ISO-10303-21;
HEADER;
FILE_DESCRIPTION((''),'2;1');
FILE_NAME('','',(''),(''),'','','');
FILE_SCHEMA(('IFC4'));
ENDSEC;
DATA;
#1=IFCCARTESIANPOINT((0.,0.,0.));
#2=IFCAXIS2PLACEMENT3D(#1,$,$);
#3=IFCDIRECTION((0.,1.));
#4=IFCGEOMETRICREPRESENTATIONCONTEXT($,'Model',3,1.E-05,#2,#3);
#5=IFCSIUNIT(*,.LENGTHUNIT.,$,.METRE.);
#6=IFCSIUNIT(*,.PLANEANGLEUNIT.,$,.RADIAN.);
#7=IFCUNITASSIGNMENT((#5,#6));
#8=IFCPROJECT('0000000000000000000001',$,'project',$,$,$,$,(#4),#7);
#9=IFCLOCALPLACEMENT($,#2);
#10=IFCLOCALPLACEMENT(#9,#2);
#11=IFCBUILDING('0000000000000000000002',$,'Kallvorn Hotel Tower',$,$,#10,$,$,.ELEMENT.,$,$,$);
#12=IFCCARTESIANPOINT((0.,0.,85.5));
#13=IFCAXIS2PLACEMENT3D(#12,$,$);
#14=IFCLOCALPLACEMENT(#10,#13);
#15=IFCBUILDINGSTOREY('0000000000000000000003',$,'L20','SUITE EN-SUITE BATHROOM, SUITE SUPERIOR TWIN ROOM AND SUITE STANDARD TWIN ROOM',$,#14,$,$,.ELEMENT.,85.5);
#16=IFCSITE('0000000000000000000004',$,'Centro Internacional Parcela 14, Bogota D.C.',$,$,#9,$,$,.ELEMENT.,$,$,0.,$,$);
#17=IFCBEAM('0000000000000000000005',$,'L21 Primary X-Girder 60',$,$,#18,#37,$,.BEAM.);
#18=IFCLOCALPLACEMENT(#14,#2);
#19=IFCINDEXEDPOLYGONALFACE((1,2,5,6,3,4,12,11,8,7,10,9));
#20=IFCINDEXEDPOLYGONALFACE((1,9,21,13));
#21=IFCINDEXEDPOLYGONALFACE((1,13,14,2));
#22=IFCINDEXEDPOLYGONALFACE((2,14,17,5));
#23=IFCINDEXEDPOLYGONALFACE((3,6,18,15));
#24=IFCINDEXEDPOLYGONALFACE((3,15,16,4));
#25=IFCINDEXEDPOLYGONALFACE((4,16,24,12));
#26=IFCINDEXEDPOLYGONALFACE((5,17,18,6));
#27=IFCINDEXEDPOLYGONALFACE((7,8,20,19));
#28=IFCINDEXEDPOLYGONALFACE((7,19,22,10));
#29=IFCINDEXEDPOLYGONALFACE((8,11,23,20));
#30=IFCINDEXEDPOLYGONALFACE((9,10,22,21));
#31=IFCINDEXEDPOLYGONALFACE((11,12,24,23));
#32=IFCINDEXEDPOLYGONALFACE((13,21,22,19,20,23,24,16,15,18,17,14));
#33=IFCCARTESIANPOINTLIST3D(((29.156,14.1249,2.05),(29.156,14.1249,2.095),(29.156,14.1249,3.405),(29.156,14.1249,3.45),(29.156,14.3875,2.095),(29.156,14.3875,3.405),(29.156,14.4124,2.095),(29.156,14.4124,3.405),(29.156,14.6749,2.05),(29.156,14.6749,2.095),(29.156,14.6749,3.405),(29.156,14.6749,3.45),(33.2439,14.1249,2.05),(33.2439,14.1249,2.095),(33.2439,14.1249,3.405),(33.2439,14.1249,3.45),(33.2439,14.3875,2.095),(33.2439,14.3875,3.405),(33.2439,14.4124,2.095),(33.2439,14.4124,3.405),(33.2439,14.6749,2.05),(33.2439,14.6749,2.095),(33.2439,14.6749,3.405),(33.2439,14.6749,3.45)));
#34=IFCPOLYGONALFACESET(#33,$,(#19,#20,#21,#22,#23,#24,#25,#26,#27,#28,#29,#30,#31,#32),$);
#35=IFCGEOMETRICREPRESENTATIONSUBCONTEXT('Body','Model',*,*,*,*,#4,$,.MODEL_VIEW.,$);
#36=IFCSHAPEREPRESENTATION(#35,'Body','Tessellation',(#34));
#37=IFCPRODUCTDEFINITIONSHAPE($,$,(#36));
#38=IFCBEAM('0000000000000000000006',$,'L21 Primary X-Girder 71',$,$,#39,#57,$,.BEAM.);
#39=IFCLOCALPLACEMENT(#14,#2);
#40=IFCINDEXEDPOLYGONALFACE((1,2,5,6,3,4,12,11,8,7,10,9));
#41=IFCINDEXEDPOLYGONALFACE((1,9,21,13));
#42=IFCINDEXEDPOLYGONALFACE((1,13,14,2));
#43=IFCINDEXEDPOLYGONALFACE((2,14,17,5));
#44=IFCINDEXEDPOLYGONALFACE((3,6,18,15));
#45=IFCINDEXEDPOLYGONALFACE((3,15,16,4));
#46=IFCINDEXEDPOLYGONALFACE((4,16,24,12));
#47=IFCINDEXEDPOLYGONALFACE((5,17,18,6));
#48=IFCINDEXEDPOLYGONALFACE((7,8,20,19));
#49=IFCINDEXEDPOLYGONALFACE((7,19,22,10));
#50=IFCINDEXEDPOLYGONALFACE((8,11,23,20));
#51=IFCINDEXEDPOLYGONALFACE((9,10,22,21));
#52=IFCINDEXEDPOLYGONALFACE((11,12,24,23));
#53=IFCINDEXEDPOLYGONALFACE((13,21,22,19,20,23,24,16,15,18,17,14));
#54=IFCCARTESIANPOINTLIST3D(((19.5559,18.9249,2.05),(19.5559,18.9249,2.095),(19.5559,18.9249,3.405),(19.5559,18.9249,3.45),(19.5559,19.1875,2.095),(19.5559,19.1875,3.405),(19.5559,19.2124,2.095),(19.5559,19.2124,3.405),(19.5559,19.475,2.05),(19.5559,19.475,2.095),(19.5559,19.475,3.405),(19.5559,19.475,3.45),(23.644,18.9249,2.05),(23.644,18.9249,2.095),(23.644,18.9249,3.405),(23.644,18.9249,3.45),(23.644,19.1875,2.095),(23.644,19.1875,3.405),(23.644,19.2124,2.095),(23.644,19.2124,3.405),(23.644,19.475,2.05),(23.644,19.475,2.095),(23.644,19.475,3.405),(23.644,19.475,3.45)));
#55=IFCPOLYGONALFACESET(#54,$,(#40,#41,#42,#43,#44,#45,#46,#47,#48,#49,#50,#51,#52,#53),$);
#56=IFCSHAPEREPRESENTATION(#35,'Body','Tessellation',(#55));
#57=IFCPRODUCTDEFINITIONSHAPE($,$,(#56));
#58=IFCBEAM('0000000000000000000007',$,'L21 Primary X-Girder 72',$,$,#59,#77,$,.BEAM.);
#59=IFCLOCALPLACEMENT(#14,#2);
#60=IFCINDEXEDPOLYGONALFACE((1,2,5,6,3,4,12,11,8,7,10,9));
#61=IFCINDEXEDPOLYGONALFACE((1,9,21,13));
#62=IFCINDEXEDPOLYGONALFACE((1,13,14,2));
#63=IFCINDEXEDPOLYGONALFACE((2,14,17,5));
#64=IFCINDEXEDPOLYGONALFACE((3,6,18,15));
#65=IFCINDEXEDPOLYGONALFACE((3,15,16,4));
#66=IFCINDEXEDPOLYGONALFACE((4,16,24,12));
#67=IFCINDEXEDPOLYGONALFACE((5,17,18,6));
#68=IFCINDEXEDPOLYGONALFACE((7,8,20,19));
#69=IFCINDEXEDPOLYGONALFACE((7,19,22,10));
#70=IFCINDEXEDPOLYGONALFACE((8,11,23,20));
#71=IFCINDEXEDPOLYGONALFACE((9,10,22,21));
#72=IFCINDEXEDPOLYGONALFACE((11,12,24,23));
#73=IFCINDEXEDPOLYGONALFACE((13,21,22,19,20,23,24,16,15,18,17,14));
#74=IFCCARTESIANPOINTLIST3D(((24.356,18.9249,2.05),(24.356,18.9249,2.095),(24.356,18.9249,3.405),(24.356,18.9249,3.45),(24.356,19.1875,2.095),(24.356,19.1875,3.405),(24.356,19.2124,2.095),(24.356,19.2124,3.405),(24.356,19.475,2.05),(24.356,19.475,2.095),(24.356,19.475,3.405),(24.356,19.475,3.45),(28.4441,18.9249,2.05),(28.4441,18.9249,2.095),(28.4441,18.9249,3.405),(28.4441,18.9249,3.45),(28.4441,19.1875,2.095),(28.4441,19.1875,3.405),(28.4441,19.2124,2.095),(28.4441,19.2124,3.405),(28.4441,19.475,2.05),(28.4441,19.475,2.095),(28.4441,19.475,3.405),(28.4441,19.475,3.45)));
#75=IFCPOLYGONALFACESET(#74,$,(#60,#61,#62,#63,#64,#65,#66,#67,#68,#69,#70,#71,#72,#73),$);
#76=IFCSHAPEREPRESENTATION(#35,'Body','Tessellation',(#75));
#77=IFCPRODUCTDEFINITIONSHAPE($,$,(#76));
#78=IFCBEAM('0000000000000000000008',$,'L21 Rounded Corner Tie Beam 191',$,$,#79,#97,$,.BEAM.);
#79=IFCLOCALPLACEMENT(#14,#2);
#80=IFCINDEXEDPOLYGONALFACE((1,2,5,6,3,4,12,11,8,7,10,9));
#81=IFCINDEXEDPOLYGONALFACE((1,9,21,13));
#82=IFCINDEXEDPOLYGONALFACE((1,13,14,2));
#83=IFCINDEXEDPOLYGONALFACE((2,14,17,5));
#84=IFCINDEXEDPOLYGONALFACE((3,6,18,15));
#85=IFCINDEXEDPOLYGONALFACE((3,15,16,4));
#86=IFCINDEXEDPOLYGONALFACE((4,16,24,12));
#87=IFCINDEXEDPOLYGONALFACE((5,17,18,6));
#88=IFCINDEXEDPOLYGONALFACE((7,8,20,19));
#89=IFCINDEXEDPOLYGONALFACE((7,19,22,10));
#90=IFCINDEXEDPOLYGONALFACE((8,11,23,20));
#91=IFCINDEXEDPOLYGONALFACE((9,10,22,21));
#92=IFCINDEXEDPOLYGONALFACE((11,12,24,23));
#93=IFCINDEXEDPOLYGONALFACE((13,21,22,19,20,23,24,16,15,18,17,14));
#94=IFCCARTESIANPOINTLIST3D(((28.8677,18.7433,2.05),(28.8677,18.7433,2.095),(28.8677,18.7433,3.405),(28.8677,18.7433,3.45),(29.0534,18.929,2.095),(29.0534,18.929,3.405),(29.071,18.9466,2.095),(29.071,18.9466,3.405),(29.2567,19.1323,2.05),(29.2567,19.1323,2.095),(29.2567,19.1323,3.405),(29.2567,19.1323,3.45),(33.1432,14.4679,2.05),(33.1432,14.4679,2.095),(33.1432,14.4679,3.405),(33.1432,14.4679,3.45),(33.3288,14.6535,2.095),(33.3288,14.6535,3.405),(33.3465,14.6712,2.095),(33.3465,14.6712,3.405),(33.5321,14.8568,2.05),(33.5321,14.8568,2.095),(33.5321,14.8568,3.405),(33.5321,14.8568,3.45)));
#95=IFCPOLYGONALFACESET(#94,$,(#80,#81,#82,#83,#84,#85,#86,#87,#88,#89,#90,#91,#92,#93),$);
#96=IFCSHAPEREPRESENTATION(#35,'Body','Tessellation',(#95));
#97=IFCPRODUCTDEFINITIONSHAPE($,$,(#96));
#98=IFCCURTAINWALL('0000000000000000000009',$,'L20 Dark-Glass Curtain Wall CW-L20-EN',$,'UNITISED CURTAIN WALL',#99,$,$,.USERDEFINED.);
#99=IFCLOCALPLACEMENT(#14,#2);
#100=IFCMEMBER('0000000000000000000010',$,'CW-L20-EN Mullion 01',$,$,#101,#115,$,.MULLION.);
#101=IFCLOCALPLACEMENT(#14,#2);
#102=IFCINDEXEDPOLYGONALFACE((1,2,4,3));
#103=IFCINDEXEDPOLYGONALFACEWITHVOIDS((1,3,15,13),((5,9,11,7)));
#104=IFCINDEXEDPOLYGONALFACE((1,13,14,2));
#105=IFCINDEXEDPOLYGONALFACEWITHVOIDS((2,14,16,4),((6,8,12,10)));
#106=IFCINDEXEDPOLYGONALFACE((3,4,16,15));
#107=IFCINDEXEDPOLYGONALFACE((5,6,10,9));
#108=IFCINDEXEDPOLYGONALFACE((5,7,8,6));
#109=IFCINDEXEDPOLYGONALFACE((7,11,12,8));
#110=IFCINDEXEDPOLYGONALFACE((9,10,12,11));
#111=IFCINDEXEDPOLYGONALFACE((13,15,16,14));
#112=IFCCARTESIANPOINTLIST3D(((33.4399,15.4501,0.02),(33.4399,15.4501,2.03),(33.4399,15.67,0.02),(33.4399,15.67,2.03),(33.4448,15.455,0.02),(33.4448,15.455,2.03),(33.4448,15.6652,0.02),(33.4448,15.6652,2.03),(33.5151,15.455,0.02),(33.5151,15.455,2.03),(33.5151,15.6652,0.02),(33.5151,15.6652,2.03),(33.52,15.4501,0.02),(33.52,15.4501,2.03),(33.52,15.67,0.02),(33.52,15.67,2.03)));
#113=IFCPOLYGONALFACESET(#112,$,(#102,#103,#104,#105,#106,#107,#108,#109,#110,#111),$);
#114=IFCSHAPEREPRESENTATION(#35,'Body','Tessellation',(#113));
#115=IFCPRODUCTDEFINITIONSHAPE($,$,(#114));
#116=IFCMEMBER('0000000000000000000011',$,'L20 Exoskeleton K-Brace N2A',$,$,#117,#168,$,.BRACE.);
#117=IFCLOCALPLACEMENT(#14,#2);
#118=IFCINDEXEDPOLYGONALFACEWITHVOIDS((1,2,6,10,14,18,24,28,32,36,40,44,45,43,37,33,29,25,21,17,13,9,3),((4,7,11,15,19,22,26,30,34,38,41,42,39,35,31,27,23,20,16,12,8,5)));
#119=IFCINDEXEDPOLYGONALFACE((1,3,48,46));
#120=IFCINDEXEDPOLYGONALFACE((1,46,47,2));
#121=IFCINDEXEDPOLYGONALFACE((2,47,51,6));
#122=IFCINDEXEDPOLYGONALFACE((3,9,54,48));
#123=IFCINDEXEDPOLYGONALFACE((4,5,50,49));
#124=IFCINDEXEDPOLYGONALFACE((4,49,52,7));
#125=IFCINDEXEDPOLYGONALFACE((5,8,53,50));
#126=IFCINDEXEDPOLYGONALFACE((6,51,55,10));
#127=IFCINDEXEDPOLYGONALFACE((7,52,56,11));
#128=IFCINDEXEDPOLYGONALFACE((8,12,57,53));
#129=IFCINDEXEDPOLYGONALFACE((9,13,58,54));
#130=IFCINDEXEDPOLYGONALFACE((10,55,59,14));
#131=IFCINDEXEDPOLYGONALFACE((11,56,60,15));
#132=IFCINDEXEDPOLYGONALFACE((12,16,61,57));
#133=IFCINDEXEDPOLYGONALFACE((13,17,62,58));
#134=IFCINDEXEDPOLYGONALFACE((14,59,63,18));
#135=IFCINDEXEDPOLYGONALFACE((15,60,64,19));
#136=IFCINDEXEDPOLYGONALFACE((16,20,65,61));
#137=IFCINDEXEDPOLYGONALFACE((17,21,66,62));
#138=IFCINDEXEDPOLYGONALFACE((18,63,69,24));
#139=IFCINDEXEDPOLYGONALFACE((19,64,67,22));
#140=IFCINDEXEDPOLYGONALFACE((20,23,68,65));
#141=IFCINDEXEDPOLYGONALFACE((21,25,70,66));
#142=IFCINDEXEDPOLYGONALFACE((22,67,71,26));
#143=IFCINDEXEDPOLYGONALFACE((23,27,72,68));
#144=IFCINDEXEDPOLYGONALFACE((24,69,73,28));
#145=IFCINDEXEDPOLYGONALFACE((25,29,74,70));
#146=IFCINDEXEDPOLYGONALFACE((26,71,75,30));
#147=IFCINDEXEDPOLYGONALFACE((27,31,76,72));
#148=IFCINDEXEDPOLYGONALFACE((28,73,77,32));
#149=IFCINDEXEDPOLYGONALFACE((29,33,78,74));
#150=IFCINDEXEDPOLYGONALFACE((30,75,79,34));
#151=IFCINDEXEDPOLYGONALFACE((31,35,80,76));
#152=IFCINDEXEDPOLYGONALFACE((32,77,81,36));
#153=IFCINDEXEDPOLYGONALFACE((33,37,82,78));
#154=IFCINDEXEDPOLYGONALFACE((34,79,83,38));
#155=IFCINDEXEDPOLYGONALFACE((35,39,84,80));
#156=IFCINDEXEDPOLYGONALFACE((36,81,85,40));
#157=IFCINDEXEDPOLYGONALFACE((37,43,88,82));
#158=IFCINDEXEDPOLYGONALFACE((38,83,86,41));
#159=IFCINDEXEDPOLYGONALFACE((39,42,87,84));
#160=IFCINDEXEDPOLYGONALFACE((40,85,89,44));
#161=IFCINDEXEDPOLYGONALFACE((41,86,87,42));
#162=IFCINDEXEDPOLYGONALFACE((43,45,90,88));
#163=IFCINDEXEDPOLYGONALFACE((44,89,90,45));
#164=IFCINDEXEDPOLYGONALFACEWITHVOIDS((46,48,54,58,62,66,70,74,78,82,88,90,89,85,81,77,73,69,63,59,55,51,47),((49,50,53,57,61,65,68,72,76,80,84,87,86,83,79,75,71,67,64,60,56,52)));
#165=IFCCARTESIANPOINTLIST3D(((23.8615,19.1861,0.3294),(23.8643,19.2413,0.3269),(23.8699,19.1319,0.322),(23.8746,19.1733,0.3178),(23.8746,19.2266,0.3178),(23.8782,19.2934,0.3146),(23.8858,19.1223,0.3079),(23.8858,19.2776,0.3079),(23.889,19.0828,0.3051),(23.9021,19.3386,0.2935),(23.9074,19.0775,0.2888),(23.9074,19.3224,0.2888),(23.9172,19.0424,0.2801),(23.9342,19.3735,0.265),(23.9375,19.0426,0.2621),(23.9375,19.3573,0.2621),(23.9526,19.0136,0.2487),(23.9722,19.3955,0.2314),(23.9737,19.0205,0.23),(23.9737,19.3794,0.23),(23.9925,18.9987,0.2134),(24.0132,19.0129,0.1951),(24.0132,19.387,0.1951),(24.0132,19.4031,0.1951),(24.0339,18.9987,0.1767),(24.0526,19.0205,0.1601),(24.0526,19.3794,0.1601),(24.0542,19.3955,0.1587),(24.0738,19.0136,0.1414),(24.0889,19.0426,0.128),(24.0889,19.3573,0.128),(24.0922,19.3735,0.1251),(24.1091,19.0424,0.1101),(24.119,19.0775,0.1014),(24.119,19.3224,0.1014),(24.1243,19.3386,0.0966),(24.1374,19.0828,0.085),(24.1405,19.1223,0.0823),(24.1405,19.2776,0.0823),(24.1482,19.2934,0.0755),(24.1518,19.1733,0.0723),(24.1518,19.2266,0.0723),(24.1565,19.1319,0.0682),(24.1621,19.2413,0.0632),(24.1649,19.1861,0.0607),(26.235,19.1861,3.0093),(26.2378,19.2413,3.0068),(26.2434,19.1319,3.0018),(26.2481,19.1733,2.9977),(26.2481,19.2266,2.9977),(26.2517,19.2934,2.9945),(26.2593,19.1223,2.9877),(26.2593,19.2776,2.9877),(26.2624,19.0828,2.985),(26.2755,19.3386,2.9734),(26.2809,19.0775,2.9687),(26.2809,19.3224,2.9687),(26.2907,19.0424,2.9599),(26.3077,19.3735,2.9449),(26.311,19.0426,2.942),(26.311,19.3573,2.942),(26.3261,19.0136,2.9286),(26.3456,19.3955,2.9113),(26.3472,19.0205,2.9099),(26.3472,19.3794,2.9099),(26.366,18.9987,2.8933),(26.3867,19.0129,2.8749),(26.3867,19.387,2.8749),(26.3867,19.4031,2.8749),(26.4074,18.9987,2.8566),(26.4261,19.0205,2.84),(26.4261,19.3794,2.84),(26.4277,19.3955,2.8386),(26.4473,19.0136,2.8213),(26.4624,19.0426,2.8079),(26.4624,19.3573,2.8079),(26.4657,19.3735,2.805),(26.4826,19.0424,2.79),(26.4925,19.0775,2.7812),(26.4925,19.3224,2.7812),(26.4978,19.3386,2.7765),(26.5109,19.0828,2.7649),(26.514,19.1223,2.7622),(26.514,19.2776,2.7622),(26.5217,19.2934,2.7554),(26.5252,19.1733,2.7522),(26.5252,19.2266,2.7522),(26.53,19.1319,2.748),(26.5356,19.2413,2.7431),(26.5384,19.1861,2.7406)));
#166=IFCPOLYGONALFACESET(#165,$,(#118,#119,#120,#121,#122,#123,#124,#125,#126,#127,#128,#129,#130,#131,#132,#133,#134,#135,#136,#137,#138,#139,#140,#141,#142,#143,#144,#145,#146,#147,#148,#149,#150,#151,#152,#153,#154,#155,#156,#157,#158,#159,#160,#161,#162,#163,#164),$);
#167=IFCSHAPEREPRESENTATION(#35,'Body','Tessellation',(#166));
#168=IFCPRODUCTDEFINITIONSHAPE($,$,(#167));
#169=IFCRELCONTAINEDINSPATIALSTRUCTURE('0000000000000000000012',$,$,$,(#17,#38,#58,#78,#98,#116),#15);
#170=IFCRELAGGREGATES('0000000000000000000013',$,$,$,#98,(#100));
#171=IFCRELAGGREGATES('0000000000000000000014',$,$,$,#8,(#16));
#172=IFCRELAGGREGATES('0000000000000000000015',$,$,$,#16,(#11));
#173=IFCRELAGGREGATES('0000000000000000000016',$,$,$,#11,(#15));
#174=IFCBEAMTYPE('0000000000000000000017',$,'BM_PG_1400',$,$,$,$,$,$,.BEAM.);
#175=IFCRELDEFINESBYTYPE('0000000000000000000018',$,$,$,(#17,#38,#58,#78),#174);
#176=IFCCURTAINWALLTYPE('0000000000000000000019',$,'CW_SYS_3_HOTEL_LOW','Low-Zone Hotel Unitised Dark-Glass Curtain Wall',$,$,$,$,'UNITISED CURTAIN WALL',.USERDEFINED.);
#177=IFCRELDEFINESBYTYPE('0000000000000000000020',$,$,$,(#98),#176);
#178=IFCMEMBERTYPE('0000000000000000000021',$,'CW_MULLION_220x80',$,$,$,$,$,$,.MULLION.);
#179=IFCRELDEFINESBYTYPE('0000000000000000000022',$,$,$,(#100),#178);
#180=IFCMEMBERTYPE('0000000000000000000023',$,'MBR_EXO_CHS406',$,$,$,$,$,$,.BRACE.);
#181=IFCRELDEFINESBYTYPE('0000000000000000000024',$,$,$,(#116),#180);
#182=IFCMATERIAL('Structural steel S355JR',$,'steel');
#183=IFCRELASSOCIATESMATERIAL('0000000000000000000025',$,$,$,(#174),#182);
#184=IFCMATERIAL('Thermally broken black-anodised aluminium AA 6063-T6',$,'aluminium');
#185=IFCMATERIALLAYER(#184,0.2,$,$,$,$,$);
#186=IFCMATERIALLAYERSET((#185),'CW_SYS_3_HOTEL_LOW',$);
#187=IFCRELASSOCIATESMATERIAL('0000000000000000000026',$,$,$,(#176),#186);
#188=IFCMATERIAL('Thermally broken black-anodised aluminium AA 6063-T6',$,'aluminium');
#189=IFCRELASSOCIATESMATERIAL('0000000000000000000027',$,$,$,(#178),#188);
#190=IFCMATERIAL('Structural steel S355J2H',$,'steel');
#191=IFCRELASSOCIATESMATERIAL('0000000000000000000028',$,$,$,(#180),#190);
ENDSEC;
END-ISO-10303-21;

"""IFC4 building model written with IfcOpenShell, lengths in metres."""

from ifc_helpers import new_model, si_unit, direction, frame, origin, origin_2d, place, context, subcontext, project, spatial, hollow_rectangle, hollow_circle, i_section, extrude, material, layer, layer_set, material_profile, profile_set, type_object, element, aggregate, save


model = new_model("IFC4")

# Units and contexts
model_context = context("Model", 3, precision=1e-05, world=origin(), true_north=direction((0.0, 1.0)))
body_context = subcontext(model_context, "Body", "Model", "MODEL_VIEW")
ifc_project = project(units=[si_unit("LENGTHUNIT", "METRE"), si_unit("PLANEANGLEUNIT", "RADIAN")], contexts=[model_context])

# Site, building, storey
site_placement = place(None, origin())
site = spatial("IfcSite", under=ifc_project, at=site_placement, Name="Centro Internacional Parcela 14, Bogota D.C.", CompositionType="ELEMENT", RefElevation=0.0)
building_placement = place(site_placement, origin())
building = spatial("IfcBuilding", under=site, at=building_placement, Name="Kallvorn Hotel Tower", CompositionType="ELEMENT")
storey_placement = place(building_placement, frame((0.0, 0.0, 85.5)))
storey = spatial("IfcBuildingStorey", under=building, at=storey_placement, Name="L20", Description="SUITE EN-SUITE BATHROOM, SUITE SUPERIOR TWIN ROOM AND SUITE STANDARD TWIN ROOM", CompositionType="ELEMENT", Elevation=85.5)

# Beams
ifc_material_1 = material(Name="Structural steel S355JR", Category="steel")
ifc_material_profile_1 = material_profile(ifc_material_1, i_section(OverallWidth=0.55, OverallDepth=1.3999, WebThickness=0.0249, FlangeThickness=0.0449, at=origin_2d()), Name="PG 1400x550x25x45")
ifc_profile_set_1 = profile_set([ifc_material_profile_1], Name="Structural steel S355JR")
beam_type_1 = type_object("IfcBeamType", Name="BM_PG_1400", PredefinedType="BEAM", material=ifc_profile_set_1)
beam_1_placement = place(storey_placement, frame((29.156, 14.3999, 2.75), z_axis=(1.0, 0.0, 0.0), x_axis=(0.0, 1.0, 0.0)))
element("IfcBeam", 1, at=beam_1_placement, inside=storey, type_object=beam_type_1, Name="L21 Primary X-Girder 60", PredefinedType="BEAM", context=body_context, shape_type="SweptSolid", body=[
    extrude(i_section(OverallWidth=0.55, OverallDepth=1.3999, WebThickness=0.0249, FlangeThickness=0.0449, at=origin_2d()), origin(), (0.0, 0.0, 1.0), 4.0879),
])
for number, where, z_axis, x_axis, name in (
    (2, (19.5559, 19.2, 2.75), (1.0, 0.0, 0.0), (0.0, 1.0, 0.0), "L21 Primary X-Girder 71"),
    (3, (24.356, 19.2, 2.75), (1.0, 0.0, 0.0), (0.0, 1.0, 0.0), "L21 Primary X-Girder 72"),
):
    element("IfcBeam", number, at=place(storey_placement, frame(where, z_axis=z_axis, x_axis=x_axis)), inside=storey, type_object=beam_type_1, Name=name, PredefinedType="BEAM", context=body_context, shape_type="SweptSolid", body=[
        extrude(i_section(OverallWidth=0.55, OverallDepth=1.3999, WebThickness=0.0249, FlangeThickness=0.0449, at=origin_2d()), origin(), (0.0, 0.0, 1.0), 4.0881),
    ])
beam_2_placement = place(storey_placement, frame((33.3376, 14.6624, 2.75), z_axis=(-0.707107, 0.707107, 0.0), x_axis=(-0.707107, -0.707107, 0.0)))
element("IfcBeam", 4, at=beam_2_placement, inside=storey, type_object=beam_type_1, Name="L21 Rounded Corner Tie Beam 191", PredefinedType="BEAM", context=body_context, shape_type="SweptSolid", body=[
    extrude(i_section(OverallWidth=0.55, OverallDepth=1.3999, WebThickness=0.0249, FlangeThickness=0.0449, at=origin_2d()), origin(), (0.0, 0.0, 1.0), 6.0464),
])

# Curtain wall, member
ifc_material_2 = material(Name="Thermally broken black-anodised aluminium AA 6063-T6", Category="aluminium")
ifc_layer_1 = layer(ifc_material_2, 0.2)
ifc_layer_set_1 = layer_set([ifc_layer_1], Name="CW_SYS_3_HOTEL_LOW")
curtain_wall_type = type_object("IfcCurtainWallType", Name="CW_SYS_3_HOTEL_LOW", Description="Low-Zone Hotel Unitised Dark-Glass Curtain Wall", ElementType="UNITISED CURTAIN WALL", PredefinedType="USERDEFINED", material=ifc_layer_set_1)
curtain_wall_placement = place(storey_placement, origin())
curtain_wall = element("IfcCurtainWall", 5, at=curtain_wall_placement, inside=storey, type_object=curtain_wall_type, Name="L20 Dark-Glass Curtain Wall CW-L20-EN", ObjectType="UNITISED CURTAIN WALL", PredefinedType="USERDEFINED")
ifc_material_3 = material(Name="Thermally broken black-anodised aluminium AA 6063-T6", Category="aluminium")
ifc_material_profile_2 = material_profile(ifc_material_3, hollow_rectangle(XDim=0.0801, YDim=0.22, WallThickness=0.0049, at=origin_2d()), Name="MUL 220x80")
ifc_profile_set_2 = profile_set([ifc_material_profile_2], Name="Thermally broken black-anodised aluminium AA 6063-T6")
member_type_1 = type_object("IfcMemberType", Name="CW_MULLION_220x80", PredefinedType="MULLION", material=ifc_profile_set_2)
member_placement = place(storey_placement, frame((33.48, 15.5601, 0.02), z_axis=(0.0, 0.0, 1.0), x_axis=(1.0, 0.0, 0.0)))
member = element("IfcMember", 6, at=member_placement, type_object=member_type_1, Name="CW-L20-EN Mullion 01", PredefinedType="MULLION", context=body_context, shape_type="SweptSolid", body=[
    extrude(hollow_rectangle(XDim=0.0801, YDim=0.22, WallThickness=0.0049, at=origin_2d()), origin(), (0.0, 0.0, 1.0), 2.01),
])
aggregate(curtain_wall, [member])

# Member
ifc_material_4 = material(Name="Structural steel S355J2H", Category="steel")
ifc_material_profile_3 = material_profile(ifc_material_4, hollow_circle(Radius=0.2031, WallThickness=0.0161, at=origin_2d()), Name="CHS 406.4x16")
ifc_profile_set_3 = profile_set([ifc_material_profile_3], Name="Structural steel S355J2H")
member_type_2 = type_object("IfcMemberType", Name="MBR_EXO_CHS406", PredefinedType="BRACE", material=ifc_profile_set_3)
for number, where, z_axis, x_axis, name in (
    (7, (24.0132, 19.2, 0.1951), (0.663017, 0.0, 0.748605), (0.0, 1.0, 0.0), "L20 Exoskeleton K-Brace N2A"),
):
    element("IfcMember", number, at=place(storey_placement, frame(where, z_axis=z_axis, x_axis=x_axis)), inside=storey, type_object=member_type_2, Name=name, PredefinedType="BRACE", context=body_context, shape_type="SweptSolid", body=[
        extrude(hollow_circle(Radius=0.2031, WallThickness=0.0161, at=origin_2d()), origin(), (0.0, 0.0, 1.0), 3.5798),
    ])

save(model, "model.ifc")
